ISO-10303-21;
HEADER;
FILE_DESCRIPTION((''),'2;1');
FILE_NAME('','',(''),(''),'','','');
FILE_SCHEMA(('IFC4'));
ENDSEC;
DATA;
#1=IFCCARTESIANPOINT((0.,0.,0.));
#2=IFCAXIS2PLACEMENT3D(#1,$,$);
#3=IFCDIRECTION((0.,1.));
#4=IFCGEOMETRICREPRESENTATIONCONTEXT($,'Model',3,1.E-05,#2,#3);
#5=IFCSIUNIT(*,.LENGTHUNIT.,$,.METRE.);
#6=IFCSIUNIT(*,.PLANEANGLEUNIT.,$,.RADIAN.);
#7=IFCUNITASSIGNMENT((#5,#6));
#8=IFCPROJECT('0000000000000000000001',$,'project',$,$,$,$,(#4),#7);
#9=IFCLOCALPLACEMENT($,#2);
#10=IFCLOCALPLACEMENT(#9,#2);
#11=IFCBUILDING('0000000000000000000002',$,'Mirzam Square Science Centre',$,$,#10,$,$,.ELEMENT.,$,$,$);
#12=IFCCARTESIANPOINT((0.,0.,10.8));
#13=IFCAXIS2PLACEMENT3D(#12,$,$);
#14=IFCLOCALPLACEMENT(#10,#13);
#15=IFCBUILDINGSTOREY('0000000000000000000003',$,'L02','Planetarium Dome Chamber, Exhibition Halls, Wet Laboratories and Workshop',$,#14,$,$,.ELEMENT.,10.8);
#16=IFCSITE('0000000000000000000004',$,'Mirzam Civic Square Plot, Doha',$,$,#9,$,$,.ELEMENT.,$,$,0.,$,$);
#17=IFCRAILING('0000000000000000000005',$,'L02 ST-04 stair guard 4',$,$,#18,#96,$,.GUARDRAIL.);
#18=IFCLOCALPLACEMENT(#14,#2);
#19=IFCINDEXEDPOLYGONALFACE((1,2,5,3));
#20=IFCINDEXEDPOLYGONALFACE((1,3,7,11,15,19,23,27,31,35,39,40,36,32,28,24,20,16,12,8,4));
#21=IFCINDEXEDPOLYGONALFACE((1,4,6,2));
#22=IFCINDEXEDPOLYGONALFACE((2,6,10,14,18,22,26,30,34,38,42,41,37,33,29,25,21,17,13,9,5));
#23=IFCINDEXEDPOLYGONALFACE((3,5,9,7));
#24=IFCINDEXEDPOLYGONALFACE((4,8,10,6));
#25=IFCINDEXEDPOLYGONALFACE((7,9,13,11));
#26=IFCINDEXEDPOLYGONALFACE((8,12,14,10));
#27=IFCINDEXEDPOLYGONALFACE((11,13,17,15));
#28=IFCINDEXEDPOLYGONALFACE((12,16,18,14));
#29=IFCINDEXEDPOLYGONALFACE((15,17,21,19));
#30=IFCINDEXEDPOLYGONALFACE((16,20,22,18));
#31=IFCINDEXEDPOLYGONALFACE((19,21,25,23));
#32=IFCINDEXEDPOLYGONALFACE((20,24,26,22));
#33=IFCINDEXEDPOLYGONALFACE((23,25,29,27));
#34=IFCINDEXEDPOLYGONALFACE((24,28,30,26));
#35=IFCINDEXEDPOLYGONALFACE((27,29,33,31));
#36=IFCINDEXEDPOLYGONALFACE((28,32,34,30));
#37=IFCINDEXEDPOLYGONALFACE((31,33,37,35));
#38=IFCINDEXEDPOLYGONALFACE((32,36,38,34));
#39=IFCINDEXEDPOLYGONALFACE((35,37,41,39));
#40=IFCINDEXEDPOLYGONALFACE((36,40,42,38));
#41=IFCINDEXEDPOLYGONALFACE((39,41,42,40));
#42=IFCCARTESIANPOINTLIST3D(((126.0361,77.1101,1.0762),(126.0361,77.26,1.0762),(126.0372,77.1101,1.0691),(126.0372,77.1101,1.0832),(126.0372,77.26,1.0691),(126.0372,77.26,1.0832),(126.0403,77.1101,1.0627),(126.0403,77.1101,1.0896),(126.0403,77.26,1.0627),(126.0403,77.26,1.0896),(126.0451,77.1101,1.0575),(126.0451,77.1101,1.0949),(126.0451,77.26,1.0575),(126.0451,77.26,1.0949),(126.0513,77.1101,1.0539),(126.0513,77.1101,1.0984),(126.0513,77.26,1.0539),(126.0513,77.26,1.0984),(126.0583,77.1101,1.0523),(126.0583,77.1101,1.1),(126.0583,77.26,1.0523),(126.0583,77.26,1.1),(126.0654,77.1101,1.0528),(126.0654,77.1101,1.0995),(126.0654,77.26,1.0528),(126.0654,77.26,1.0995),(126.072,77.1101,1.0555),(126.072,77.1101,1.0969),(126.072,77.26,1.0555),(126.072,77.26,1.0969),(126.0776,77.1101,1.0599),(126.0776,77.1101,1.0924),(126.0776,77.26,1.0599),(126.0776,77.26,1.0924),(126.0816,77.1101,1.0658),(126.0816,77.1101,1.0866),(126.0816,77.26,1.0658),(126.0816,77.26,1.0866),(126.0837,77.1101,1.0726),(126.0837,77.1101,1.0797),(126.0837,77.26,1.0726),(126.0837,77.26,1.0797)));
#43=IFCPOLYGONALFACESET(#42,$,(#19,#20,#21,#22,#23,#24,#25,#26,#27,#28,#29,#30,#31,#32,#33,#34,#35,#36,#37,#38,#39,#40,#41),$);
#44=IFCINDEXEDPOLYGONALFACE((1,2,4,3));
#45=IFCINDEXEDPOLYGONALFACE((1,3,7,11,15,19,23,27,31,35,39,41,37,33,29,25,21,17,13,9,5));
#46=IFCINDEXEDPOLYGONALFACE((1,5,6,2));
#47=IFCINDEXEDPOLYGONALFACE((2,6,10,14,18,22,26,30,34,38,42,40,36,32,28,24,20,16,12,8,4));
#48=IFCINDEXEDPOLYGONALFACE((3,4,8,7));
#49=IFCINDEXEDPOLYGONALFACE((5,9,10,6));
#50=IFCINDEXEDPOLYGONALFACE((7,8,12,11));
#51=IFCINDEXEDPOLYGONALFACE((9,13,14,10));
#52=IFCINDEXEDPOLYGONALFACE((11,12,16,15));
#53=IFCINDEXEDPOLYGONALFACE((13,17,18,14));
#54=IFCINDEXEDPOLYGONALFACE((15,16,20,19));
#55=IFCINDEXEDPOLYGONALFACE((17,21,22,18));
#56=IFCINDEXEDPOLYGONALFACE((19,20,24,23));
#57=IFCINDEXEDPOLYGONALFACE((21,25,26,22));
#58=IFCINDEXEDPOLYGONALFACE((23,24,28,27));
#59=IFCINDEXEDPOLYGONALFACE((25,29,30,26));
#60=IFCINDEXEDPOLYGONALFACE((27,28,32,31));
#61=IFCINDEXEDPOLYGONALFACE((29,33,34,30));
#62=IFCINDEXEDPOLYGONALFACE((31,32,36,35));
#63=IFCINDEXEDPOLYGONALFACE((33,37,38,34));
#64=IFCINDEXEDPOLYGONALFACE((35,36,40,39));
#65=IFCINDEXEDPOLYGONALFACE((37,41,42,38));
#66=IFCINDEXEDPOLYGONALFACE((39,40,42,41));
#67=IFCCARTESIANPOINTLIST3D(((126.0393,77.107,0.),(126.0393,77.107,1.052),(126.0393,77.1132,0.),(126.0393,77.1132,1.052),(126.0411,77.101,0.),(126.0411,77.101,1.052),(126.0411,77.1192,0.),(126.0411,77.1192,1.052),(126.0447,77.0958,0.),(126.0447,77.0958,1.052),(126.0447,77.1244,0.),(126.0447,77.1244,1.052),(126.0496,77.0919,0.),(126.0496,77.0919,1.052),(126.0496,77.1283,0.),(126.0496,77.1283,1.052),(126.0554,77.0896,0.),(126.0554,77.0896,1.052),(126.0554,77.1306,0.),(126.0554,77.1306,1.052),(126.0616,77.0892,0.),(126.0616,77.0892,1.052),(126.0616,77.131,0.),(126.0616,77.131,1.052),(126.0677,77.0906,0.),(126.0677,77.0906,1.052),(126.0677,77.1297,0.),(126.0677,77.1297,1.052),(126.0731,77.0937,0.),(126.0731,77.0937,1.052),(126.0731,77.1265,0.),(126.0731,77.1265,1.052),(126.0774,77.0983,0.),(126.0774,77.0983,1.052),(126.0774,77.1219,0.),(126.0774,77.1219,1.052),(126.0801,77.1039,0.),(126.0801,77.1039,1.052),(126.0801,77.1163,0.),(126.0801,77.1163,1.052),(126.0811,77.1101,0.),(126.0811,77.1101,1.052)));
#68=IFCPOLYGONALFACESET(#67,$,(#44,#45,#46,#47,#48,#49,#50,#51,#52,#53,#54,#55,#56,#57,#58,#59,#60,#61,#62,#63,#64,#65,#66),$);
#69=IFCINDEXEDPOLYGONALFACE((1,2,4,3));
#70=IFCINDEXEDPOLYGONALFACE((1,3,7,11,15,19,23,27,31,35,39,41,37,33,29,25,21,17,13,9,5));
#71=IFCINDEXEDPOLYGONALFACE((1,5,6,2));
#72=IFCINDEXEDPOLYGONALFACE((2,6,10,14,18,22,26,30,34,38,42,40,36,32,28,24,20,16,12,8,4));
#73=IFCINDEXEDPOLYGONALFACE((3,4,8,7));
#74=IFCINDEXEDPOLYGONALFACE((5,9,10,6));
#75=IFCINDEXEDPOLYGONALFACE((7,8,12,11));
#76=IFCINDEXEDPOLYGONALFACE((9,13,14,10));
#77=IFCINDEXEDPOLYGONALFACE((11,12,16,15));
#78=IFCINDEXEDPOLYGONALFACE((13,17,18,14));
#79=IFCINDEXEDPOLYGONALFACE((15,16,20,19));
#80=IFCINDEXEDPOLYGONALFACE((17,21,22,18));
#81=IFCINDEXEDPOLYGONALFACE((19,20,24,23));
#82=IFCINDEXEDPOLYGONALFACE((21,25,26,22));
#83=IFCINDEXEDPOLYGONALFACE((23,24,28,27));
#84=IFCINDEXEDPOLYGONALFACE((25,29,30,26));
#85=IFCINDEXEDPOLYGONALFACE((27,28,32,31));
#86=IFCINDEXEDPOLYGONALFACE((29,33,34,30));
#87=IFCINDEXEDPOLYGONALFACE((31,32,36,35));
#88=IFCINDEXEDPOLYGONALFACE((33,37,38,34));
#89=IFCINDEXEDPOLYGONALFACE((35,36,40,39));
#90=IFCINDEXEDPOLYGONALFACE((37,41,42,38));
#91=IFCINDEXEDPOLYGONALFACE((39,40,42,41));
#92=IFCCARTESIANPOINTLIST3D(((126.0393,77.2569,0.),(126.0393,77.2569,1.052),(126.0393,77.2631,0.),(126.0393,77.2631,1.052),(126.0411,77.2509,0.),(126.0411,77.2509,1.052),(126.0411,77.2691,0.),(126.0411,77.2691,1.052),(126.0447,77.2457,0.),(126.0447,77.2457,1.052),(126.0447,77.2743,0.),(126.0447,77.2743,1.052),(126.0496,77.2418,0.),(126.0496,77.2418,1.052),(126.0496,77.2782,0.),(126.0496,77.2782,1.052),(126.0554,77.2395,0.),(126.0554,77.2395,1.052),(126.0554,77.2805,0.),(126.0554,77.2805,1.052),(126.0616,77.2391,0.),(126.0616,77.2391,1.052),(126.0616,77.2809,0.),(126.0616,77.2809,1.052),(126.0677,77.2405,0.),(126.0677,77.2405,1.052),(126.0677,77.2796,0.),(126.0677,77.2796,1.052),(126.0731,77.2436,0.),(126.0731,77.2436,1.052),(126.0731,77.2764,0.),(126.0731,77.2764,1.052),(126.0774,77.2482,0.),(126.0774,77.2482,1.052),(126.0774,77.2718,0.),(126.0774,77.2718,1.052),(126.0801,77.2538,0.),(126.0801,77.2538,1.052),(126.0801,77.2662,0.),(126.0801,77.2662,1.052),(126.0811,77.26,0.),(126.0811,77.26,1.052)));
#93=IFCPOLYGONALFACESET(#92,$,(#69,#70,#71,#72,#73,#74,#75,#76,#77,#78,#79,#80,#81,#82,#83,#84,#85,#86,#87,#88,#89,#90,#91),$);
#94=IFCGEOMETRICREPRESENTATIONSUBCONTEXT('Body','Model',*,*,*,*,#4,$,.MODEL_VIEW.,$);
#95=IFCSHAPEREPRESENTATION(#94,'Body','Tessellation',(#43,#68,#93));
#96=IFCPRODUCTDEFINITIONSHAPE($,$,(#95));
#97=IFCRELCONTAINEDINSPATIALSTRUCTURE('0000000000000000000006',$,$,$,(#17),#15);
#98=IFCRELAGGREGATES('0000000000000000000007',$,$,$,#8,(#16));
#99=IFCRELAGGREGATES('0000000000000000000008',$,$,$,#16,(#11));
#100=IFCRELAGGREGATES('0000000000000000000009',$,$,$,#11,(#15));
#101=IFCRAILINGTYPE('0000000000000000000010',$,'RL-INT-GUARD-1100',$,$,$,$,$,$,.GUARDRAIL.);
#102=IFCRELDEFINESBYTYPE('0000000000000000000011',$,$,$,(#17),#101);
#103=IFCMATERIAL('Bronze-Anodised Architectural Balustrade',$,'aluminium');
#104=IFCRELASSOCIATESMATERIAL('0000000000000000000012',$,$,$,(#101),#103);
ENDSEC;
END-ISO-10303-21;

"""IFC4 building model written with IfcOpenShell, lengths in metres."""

from ifc_helpers import new_model, si_unit, direction, frame, origin, origin_2d, place, context, subcontext, project, spatial, circle, extrude, material, type_object, element, save


model = new_model("IFC4")

# Units and contexts
model_context = context("Model", 3, precision=1e-05, world=origin(), true_north=direction((0.0, 1.0)))
body_context = subcontext(model_context, "Body", "Model", "MODEL_VIEW")
ifc_project = project(units=[si_unit("LENGTHUNIT", "METRE"), si_unit("PLANEANGLEUNIT", "RADIAN")], contexts=[model_context])

# Site, building, storey
site_placement = place(None, origin())
site = spatial("IfcSite", under=ifc_project, at=site_placement, Name="Mirzam Civic Square Plot, Doha", CompositionType="ELEMENT", RefElevation=0.0)
building_placement = place(site_placement, origin())
building = spatial("IfcBuilding", under=site, at=building_placement, Name="Mirzam Square Science Centre", CompositionType="ELEMENT")
storey_placement = place(building_placement, frame((0.0, 0.0, 10.8)))
storey = spatial("IfcBuildingStorey", under=building, at=storey_placement, Name="L02", Description="Planetarium Dome Chamber, Exhibition Halls, Wet Laboratories and Workshop", CompositionType="ELEMENT", Elevation=10.8)

# Railing
ifc_material_1 = material(Name="Bronze-Anodised Architectural Balustrade", Category="aluminium")
railing_type_1 = type_object("IfcRailingType", Name="RL-INT-GUARD-1100", PredefinedType="GUARDRAIL", material=ifc_material_1)
railing_1_placement = place(storey_placement, frame((126.0601, 77.1101, 0.0)))
element("IfcRailing", 1, at=railing_1_placement, inside=storey, type_object=railing_type_1, Name="L02 ST-04 stair guard 4", PredefinedType="GUARDRAIL", context=body_context, shape_type="SweptSolid", body=[
    extrude(circle(Radius=0.0239, at=origin_2d()), frame((0.0, 0.0, 1.0762), z_axis=(0.0, 1.0, 0.0), x_axis=(-1.0, 0.0, 0.0)), (0.0, 0.0, 1.0), 0.1499),
    extrude(circle(Radius=0.021, at=origin_2d()), origin(), (0.0, 0.0, 1.0), 1.052),
    extrude(circle(Radius=0.021, at=origin_2d()), frame((0.0, 0.1499, 0.0)), (0.0, 0.0, 1.0), 1.052),
])

save(model, "model.ifc")
